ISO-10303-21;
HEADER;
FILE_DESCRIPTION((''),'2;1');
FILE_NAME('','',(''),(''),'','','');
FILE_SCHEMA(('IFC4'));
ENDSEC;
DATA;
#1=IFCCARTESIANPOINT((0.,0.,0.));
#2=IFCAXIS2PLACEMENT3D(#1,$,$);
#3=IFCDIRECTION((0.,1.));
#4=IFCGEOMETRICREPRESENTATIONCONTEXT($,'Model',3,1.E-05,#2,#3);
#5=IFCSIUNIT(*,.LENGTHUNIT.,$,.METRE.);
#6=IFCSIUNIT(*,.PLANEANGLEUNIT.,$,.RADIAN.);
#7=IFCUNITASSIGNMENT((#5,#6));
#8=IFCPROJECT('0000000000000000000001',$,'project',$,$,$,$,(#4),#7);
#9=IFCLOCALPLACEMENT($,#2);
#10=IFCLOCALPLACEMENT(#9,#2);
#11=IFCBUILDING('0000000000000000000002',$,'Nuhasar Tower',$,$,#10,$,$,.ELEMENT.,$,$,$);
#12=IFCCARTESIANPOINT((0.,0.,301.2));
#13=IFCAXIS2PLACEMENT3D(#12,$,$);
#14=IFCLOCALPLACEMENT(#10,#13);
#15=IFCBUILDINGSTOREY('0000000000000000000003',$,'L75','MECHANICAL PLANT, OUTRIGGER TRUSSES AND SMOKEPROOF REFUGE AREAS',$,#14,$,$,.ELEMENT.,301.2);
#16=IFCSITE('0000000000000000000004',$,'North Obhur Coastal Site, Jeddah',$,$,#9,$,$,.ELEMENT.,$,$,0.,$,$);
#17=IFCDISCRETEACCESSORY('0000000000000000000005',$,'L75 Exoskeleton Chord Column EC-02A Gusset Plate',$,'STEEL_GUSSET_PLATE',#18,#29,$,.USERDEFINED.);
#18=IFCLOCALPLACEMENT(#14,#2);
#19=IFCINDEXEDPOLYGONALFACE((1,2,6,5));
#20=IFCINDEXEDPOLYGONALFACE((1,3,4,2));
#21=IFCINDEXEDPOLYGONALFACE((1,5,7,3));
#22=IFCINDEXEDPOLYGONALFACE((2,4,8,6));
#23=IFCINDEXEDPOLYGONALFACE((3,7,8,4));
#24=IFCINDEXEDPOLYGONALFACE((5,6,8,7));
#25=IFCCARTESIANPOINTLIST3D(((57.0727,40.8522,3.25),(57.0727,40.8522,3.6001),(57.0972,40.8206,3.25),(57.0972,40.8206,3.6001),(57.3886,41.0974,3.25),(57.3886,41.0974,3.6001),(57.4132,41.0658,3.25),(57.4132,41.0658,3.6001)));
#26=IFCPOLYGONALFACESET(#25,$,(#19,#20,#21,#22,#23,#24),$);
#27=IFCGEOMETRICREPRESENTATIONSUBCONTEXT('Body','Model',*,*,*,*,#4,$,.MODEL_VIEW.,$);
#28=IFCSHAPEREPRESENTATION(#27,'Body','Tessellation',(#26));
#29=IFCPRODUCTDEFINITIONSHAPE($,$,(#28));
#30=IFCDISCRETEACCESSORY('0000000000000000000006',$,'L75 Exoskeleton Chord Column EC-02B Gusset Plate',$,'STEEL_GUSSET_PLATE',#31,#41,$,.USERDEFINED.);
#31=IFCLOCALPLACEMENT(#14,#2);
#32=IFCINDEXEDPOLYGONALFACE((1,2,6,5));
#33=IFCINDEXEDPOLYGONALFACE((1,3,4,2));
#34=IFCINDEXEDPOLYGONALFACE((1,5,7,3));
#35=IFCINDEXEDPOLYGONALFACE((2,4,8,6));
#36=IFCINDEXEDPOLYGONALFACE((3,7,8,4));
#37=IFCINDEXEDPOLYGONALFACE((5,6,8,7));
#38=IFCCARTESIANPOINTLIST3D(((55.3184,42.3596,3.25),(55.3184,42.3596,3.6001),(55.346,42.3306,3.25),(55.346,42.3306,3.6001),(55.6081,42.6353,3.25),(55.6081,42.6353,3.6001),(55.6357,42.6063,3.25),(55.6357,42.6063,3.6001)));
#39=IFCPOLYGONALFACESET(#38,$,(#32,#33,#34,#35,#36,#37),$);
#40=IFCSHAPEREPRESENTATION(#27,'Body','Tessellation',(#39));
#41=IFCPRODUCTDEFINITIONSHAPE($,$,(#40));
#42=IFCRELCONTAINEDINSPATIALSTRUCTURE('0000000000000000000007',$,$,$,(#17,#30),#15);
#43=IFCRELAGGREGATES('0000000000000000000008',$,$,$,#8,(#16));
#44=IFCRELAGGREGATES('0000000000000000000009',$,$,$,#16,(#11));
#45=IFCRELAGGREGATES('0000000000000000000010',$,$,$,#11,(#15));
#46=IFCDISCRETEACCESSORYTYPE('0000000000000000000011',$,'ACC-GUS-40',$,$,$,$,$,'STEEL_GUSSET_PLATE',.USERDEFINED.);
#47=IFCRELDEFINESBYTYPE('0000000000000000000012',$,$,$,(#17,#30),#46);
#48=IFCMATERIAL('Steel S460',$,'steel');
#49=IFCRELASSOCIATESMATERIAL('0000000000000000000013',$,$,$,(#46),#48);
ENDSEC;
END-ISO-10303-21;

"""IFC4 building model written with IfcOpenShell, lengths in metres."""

from ifc_helpers import new_model, si_unit, direction, frame, origin, origin_2d, place, context, subcontext, project, spatial, rectangle, extrude, material, type_object, element, save


model = new_model("IFC4")

# Units and contexts
model_context = context("Model", 3, precision=1e-05, world=origin(), true_north=direction((0.0, 1.0)))
body_context = subcontext(model_context, "Body", "Model", "MODEL_VIEW")
ifc_project = project(units=[si_unit("LENGTHUNIT", "METRE"), si_unit("PLANEANGLEUNIT", "RADIAN")], contexts=[model_context])

# Site, building, storey
site_placement = place(None, origin())
site = spatial("IfcSite", under=ifc_project, at=site_placement, Name="North Obhur Coastal Site, Jeddah", CompositionType="ELEMENT", RefElevation=0.0)
building_placement = place(site_placement, origin())
building = spatial("IfcBuilding", under=site, at=building_placement, Name="Nuhasar Tower", CompositionType="ELEMENT")
storey_placement = place(building_placement, frame((0.0, 0.0, 301.2)))
storey = spatial("IfcBuildingStorey", under=building, at=storey_placement, Name="L75", Description="MECHANICAL PLANT, OUTRIGGER TRUSSES AND SMOKEPROOF REFUGE AREAS", CompositionType="ELEMENT", Elevation=301.2)

# Shared definitions
ifc_material_1 = material(Name="Steel S460", Category="steel")

# Discrete accessories
discrete_accessory_type = type_object("IfcDiscreteAccessoryType", Name="ACC-GUS-40", ElementType="STEEL_GUSSET_PLATE", PredefinedType="USERDEFINED", material=ifc_material_1)
for number, where, z_axis, x_axis, name in (
    (1, (57.2429, 40.959, 3.25), (0.0, 0.0, 1.0), (0.789984, 0.613128, 0.0), "L75 Exoskeleton Chord Column EC-02A Gusset Plate"),
    (2, (55.4771, 42.4829, 3.25), (0.0, 0.0, 1.0), (0.724352, 0.68943, 0.0), "L75 Exoskeleton Chord Column EC-02B Gusset Plate"),
):
    element("IfcDiscreteAccessory", number, at=place(storey_placement, frame(where, z_axis=z_axis, x_axis=x_axis)), inside=storey, type_object=discrete_accessory_type, Name=name, ObjectType="STEEL_GUSSET_PLATE", PredefinedType="USERDEFINED", context=body_context, shape_type="SweptSolid", body=[
        extrude(rectangle(XDim=0.3999, YDim=0.04, at=origin_2d()), origin(), (0.0, 0.0, 1.0), 0.3501),
    ])

save(model, "model.ifc")
